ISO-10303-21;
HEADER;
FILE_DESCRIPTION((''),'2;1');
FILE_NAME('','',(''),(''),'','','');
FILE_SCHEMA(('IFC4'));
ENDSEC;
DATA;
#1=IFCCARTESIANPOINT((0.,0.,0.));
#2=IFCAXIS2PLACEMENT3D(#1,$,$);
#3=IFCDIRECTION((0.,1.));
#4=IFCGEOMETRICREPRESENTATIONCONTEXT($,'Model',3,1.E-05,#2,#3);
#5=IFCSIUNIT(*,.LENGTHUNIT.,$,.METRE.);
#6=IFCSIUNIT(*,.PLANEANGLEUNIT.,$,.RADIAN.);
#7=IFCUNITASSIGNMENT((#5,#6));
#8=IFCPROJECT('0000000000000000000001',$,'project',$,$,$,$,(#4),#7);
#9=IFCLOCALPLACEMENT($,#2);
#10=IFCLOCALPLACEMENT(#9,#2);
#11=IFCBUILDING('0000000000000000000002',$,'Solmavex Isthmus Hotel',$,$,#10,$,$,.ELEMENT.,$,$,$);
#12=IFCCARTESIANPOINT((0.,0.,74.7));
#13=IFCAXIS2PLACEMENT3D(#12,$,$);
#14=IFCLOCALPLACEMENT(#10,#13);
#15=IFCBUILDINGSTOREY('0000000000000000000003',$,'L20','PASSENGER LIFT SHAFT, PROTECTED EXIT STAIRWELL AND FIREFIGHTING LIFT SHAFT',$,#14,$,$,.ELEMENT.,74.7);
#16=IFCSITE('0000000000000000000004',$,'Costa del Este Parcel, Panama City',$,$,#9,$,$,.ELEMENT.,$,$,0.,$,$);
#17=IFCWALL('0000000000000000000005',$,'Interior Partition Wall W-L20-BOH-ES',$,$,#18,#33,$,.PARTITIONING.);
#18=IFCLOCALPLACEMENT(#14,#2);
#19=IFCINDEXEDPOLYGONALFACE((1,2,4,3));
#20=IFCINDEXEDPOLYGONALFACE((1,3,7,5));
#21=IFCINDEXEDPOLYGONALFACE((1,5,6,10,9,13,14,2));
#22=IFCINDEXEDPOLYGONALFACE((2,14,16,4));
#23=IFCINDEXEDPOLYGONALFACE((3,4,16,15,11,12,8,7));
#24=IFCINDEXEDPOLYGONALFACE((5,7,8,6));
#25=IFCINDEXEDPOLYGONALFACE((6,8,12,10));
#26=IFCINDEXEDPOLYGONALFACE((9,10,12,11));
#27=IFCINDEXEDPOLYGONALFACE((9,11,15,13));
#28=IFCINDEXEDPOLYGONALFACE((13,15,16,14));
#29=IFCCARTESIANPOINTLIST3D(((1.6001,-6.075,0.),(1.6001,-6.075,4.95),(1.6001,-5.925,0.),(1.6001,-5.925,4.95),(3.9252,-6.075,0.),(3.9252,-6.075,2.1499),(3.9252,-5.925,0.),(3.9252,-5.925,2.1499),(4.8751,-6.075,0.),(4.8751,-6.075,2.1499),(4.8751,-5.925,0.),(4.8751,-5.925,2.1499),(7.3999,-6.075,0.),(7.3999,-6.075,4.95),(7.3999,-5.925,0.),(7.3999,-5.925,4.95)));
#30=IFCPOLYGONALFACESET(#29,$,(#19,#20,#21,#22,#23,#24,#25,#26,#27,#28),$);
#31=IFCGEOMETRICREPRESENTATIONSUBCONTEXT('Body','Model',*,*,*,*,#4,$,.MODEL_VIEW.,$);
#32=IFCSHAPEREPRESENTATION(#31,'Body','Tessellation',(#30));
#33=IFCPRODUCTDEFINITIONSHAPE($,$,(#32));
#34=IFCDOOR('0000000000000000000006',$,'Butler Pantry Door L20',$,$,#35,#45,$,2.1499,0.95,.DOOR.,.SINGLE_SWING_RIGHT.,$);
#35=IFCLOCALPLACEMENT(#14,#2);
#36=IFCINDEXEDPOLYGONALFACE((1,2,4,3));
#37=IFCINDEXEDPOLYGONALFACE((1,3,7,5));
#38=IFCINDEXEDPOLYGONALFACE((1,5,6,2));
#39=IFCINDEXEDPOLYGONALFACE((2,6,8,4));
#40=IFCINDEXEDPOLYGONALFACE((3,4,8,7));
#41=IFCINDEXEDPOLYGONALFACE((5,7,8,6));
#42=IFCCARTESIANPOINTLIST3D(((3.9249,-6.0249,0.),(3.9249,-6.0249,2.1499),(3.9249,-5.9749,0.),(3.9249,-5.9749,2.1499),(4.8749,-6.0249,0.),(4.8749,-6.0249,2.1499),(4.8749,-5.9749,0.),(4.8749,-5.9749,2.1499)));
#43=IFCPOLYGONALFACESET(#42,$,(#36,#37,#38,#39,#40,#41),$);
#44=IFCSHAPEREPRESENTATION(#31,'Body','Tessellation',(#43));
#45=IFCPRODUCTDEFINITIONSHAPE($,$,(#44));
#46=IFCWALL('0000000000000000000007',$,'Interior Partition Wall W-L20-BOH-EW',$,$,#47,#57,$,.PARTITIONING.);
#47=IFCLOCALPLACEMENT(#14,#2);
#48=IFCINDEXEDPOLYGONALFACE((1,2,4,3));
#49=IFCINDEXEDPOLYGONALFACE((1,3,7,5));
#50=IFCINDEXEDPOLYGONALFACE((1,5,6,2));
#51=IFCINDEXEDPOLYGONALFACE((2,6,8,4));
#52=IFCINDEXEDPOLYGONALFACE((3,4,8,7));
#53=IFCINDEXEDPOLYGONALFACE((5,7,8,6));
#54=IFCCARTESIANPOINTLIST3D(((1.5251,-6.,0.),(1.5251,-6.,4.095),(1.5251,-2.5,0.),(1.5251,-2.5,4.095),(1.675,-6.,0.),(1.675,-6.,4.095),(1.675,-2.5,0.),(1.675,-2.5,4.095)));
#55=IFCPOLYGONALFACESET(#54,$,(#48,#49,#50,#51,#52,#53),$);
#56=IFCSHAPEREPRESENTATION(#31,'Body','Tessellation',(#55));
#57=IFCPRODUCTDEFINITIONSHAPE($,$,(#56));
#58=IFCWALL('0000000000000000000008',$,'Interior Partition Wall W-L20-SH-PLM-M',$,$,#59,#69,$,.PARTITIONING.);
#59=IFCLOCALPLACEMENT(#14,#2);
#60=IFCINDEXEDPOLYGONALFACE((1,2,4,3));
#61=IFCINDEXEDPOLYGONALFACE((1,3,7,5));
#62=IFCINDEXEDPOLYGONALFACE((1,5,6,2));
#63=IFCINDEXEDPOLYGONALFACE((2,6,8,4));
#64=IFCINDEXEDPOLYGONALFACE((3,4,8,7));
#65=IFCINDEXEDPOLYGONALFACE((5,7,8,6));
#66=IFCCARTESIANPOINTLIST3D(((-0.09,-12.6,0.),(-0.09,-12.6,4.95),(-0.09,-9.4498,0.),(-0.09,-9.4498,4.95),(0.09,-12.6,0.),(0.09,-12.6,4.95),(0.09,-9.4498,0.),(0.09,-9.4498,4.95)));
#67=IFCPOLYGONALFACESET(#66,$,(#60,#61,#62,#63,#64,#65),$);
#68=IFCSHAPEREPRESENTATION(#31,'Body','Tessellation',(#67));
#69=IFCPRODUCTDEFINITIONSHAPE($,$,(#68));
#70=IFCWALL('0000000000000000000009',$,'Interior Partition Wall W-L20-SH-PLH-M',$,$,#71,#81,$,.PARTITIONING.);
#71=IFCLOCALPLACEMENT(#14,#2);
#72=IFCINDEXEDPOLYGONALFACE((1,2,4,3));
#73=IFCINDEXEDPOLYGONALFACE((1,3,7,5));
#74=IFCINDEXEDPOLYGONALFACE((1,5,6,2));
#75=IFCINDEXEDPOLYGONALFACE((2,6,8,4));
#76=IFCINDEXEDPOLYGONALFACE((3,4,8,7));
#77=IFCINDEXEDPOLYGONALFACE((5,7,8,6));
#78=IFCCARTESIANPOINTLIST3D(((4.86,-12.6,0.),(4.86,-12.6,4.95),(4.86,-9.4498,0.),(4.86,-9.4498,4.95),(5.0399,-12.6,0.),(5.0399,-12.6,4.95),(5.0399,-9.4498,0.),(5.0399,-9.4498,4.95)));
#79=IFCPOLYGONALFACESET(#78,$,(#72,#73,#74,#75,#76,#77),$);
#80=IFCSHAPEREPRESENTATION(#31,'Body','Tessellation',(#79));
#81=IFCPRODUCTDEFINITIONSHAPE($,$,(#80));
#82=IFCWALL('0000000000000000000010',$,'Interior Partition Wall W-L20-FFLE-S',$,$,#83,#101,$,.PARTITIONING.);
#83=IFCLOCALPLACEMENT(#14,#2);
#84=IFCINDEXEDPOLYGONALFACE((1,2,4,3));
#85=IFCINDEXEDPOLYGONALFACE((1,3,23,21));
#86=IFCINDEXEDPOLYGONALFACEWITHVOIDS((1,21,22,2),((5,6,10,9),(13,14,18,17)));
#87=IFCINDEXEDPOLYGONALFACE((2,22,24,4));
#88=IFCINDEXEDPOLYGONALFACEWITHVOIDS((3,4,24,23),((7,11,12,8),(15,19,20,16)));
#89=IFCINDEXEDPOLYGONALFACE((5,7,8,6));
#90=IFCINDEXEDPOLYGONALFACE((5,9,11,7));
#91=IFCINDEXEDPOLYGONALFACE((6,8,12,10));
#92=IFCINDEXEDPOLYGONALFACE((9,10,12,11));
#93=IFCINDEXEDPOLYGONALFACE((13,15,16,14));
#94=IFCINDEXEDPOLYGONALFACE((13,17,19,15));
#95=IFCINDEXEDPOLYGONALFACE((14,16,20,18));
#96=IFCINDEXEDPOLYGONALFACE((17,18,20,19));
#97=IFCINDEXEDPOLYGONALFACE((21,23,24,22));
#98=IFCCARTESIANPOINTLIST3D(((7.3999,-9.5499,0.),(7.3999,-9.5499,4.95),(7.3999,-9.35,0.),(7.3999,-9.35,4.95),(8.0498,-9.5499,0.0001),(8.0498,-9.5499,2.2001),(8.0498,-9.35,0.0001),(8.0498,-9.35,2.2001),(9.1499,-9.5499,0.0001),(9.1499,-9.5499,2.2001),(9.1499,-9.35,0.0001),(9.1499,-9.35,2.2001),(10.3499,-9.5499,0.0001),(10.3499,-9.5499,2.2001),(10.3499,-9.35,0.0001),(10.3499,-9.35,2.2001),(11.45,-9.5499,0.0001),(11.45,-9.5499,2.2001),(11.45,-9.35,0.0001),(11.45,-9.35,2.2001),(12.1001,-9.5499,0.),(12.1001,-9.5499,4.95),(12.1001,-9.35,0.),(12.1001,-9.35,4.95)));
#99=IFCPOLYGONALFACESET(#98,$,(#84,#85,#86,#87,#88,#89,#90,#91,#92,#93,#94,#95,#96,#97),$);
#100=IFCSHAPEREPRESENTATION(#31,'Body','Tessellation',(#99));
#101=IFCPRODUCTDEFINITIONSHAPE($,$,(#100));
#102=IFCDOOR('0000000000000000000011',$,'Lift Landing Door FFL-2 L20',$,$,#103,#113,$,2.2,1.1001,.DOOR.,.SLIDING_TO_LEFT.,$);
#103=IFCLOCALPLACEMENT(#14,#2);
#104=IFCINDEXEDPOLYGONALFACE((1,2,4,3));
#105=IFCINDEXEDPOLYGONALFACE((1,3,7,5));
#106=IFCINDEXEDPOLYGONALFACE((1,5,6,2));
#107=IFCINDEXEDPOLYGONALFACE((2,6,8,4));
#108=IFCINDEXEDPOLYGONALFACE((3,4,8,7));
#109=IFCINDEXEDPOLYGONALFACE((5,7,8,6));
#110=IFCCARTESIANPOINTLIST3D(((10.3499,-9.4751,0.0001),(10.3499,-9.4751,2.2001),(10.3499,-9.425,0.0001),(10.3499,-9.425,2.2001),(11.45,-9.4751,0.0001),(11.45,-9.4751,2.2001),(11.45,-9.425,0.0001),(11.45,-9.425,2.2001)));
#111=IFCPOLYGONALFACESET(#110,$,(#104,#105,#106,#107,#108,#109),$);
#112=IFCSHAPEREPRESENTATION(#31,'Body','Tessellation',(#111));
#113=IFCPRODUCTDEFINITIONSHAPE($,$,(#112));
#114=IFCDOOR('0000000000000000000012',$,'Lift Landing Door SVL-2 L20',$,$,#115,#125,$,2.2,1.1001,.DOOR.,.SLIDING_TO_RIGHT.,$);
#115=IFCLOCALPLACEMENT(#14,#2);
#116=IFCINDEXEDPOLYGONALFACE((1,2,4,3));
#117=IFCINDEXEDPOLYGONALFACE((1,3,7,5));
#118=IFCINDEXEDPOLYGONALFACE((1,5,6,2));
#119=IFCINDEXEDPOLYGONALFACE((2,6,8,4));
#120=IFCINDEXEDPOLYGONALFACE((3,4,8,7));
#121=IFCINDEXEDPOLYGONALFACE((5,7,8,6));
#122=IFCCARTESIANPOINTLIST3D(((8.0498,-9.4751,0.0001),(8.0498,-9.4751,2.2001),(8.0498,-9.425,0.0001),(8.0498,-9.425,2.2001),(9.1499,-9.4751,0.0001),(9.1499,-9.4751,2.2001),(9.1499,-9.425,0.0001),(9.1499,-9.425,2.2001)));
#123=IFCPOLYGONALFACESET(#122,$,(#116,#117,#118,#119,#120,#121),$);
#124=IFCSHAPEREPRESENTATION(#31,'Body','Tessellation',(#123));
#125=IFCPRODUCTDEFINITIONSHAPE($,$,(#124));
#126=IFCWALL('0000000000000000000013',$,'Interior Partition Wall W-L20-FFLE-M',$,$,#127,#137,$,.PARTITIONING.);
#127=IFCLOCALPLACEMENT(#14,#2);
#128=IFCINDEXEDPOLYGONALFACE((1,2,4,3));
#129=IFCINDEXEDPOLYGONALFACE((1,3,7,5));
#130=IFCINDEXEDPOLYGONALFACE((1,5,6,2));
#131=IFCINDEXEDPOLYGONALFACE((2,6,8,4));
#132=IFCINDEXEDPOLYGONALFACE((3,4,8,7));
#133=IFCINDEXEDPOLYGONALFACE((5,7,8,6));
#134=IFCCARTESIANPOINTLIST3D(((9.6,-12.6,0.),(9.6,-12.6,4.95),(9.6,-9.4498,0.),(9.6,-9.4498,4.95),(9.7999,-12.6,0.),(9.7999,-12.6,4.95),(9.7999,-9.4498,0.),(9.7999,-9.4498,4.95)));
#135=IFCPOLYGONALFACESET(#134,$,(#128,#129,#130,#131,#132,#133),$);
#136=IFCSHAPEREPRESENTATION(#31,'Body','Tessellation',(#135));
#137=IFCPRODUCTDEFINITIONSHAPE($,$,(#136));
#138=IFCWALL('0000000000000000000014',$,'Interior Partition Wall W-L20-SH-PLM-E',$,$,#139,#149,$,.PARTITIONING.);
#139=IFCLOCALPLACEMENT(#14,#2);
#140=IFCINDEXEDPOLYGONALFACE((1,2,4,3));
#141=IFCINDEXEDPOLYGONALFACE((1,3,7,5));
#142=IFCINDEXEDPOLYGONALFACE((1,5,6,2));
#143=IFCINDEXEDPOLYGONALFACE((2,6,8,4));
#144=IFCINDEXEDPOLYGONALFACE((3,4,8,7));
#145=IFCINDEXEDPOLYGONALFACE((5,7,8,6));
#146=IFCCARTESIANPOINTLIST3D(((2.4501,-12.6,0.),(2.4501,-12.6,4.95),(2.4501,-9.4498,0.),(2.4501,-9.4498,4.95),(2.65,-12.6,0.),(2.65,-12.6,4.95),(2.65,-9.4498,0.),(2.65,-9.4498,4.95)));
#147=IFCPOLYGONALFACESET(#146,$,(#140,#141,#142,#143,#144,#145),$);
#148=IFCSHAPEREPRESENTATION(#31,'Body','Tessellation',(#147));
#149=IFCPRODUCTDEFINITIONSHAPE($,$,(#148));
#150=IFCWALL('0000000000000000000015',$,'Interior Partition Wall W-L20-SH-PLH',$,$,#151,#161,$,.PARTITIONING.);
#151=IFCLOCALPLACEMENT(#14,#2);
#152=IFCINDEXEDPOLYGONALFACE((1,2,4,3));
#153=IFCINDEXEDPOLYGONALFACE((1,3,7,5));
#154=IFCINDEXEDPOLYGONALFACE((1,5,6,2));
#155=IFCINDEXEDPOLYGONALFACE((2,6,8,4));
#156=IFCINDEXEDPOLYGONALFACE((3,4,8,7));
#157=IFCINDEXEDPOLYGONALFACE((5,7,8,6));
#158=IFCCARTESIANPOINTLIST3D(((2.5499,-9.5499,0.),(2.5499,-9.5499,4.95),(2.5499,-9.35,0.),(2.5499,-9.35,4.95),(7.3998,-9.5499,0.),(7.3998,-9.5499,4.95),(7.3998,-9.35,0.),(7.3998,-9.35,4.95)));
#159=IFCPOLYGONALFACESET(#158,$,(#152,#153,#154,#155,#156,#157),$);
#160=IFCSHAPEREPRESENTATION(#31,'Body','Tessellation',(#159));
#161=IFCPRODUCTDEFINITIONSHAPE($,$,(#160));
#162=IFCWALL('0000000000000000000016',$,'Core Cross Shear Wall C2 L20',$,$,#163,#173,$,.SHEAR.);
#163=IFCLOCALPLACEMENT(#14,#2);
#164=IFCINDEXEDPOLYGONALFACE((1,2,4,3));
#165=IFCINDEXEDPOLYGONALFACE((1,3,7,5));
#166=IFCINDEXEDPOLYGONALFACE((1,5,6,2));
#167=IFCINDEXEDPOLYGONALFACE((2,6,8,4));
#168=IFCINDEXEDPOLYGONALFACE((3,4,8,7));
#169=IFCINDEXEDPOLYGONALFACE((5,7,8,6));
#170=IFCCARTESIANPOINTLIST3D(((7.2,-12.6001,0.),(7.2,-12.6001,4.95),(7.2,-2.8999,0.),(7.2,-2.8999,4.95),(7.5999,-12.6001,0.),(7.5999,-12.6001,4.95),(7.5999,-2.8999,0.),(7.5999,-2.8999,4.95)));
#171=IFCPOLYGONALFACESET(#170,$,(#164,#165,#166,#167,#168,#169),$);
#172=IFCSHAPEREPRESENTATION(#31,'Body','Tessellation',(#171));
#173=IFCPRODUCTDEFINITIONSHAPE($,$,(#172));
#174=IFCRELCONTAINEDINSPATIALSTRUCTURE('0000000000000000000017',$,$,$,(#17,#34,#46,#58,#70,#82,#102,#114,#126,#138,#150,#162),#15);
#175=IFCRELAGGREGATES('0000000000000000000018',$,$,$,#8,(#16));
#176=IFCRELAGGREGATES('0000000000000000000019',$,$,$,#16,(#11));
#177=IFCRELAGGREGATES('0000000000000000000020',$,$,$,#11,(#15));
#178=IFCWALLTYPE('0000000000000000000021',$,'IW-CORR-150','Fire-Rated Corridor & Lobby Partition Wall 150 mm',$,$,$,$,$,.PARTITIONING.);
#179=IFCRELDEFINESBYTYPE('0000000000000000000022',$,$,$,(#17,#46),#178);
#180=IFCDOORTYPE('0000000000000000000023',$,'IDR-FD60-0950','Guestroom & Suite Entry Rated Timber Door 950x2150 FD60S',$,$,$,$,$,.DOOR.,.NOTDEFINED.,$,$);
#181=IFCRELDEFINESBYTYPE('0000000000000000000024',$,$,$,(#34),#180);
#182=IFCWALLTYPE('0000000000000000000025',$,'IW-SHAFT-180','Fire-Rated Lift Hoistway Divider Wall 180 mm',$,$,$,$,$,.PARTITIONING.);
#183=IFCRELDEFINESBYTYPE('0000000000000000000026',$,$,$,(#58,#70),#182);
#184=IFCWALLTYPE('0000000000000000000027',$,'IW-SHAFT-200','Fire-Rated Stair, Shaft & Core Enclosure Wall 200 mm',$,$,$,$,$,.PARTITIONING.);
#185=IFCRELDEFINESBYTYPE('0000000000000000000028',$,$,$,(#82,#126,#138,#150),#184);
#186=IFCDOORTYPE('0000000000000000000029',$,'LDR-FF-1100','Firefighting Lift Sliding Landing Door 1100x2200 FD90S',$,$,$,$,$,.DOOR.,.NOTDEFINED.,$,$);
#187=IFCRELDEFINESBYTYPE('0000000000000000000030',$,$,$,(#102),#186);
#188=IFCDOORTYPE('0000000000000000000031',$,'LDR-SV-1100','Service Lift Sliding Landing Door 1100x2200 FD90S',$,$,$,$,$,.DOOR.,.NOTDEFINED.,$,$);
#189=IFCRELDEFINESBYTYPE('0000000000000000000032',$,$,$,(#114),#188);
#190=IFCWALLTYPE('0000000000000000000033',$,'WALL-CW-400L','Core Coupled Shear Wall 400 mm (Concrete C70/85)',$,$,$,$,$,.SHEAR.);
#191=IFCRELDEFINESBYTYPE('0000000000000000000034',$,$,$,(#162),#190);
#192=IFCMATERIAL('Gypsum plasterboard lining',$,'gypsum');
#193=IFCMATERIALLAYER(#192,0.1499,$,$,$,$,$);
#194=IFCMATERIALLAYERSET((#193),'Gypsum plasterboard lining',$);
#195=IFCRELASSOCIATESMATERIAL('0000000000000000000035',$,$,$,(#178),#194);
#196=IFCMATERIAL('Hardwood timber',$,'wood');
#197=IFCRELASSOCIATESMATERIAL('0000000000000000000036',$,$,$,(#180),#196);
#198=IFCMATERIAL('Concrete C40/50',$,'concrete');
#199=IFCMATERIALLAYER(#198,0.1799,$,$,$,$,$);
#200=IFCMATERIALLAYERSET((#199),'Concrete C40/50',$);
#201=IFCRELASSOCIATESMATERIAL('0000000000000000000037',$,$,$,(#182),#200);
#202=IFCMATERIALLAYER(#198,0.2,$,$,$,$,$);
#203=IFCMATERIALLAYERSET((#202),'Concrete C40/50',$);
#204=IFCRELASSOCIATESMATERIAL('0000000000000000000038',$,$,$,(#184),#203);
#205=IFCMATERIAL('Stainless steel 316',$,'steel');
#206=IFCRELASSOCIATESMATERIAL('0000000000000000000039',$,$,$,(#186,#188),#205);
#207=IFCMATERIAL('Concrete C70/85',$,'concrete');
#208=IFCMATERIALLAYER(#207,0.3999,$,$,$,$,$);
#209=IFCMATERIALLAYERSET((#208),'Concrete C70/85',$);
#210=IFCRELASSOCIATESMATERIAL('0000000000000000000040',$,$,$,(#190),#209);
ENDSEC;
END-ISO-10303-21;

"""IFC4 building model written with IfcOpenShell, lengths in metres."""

from ifc_helpers import new_model, si_unit, direction, frame, frame_2d, origin, place, context, subcontext, project, spatial, rectangle, extrude, material, layer, layer_set, type_object, element, fill, save


model = new_model("IFC4")

# Units and contexts
model_context = context("Model", 3, precision=1e-05, world=origin(), true_north=direction((0.0, 1.0)))
body_context = subcontext(model_context, "Body", "Model", "MODEL_VIEW")
ifc_project = project(units=[si_unit("LENGTHUNIT", "METRE"), si_unit("PLANEANGLEUNIT", "RADIAN")], contexts=[model_context])

# Site, building, storey
site_placement = place(None, origin())
site = spatial("IfcSite", under=ifc_project, at=site_placement, Name="Costa del Este Parcel, Panama City", CompositionType="ELEMENT", RefElevation=0.0)
building_placement = place(site_placement, origin())
building = spatial("IfcBuilding", under=site, at=building_placement, Name="Solmavex Isthmus Hotel", CompositionType="ELEMENT")
storey_placement = place(building_placement, frame((0.0, 0.0, 74.7)))
storey = spatial("IfcBuildingStorey", under=building, at=storey_placement, Name="L20", Description="PASSENGER LIFT SHAFT, PROTECTED EXIT STAIRWELL AND FIREFIGHTING LIFT SHAFT", CompositionType="ELEMENT", Elevation=74.7)

# Shared definitions
ifc_material_1 = material(Name="Concrete C70/85", Category="concrete")

# Wall, opening, door
ifc_material_2 = material(Name="Gypsum plasterboard lining", Category="gypsum")
ifc_layer_1 = layer(ifc_material_2, 0.1499)
ifc_layer_set_1 = layer_set([ifc_layer_1], Name="Gypsum plasterboard lining")
wall_type_1 = type_object("IfcWallType", Name="IW-CORR-150", Description="Fire-Rated Corridor & Lobby Partition Wall 150 mm", PredefinedType="PARTITIONING", material=ifc_layer_set_1)
wall_1_placement = place(storey_placement, frame((1.6001, -6.0, 0.0), z_axis=(0.0, 0.0, 1.0), x_axis=(1.0, 0.0, 0.0)))
wall_1 = element("IfcWall", 1, at=wall_1_placement, inside=storey, type_object=wall_type_1, Name="Interior Partition Wall W-L20-BOH-ES", PredefinedType="PARTITIONING", context=body_context, shape_type="SweptSolid", body=[
    extrude(rectangle(XDim=5.7998, YDim=0.1499, at=frame_2d((2.8999, 0.0))), origin(), (0.0, 0.0, 1.0), 4.95),
])
opening_1_placement = place(wall_1_placement, frame((2.325, 0.0, 0.0)))
opening_1 = element("IfcOpeningElement", 2, at=opening_1_placement, cuts=wall_1, PredefinedType="OPENING", context=body_context, shape_type="SweptSolid", body=[
    extrude(rectangle(XDim=0.95, YDim=2.1499, at=frame_2d((0.4751, 1.075))), frame((0.0, 0.085, 0.0), z_axis=(0.0, -1.0, 0.0), x_axis=(1.0, 0.0, 0.0)), (0.0, 0.0, 1.0), 0.1699),
])
ifc_material_3 = material(Name="Hardwood timber", Category="wood")
door_type_1 = type_object("IfcDoorType", Name="IDR-FD60-0950", Description="Guestroom & Suite Entry Rated Timber Door 950x2150 FD60S", OperationType="NOTDEFINED", PredefinedType="DOOR", material=ifc_material_3)
door_1_placement = place(opening_1_placement, frame((0.95, 0.0, 0.0), z_axis=(0.0, 0.0, 1.0), x_axis=(-1.0, 0.0, 0.0)))
door_1 = element("IfcDoor", 3, at=door_1_placement, inside=storey, type_object=door_type_1, Name="Butler Pantry Door L20", OperationType="SINGLE_SWING_RIGHT", OverallHeight=2.1499, OverallWidth=0.95, PredefinedType="DOOR", context=body_context, shape_type="SweptSolid", body=[
    extrude(rectangle(XDim=0.95, YDim=2.1499, at=frame_2d((0.4751, 1.075))), frame((0.0, 0.0249, 0.0), z_axis=(0.0, -1.0, 0.0), x_axis=(1.0, 0.0, 0.0)), (0.0, 0.0, 1.0), 0.05),
])
fill(opening_1, door_1)

# Walls
wall_2_placement = place(storey_placement, frame((1.6001, -6.0, 0.0), z_axis=(0.0, 0.0, 1.0), x_axis=(0.0, 1.0, 0.0)))
element("IfcWall", 4, at=wall_2_placement, inside=storey, type_object=wall_type_1, Name="Interior Partition Wall W-L20-BOH-EW", PredefinedType="PARTITIONING", context=body_context, shape_type="SweptSolid", body=[
    extrude(rectangle(XDim=3.5, YDim=0.1499, at=frame_2d((1.75, 0.0))), origin(), (0.0, 0.0, 1.0), 4.095),
])
ifc_material_4 = material(Name="Concrete C40/50", Category="concrete")
ifc_layer_2 = layer(ifc_material_4, 0.1799)
ifc_layer_set_2 = layer_set([ifc_layer_2], Name="Concrete C40/50")
wall_type_2 = type_object("IfcWallType", Name="IW-SHAFT-180", Description="Fire-Rated Lift Hoistway Divider Wall 180 mm", PredefinedType="PARTITIONING", material=ifc_layer_set_2)
for number, where, z_axis, x_axis, name in (
    (5, (0.0, -12.6001, 0.0), (0.0, 0.0, 1.0), (0.0, 1.0, 0.0), "Interior Partition Wall W-L20-SH-PLM-M"),
    (6, (4.95, -12.6001, 0.0), (0.0, 0.0, 1.0), (0.0, 1.0, 0.0), "Interior Partition Wall W-L20-SH-PLH-M"),
):
    element("IfcWall", number, at=place(storey_placement, frame(where, z_axis=z_axis, x_axis=x_axis)), inside=storey, type_object=wall_type_2, Name=name, PredefinedType="PARTITIONING", context=body_context, shape_type="SweptSolid", body=[
        extrude(rectangle(XDim=3.1501, YDim=0.1799, at=frame_2d((1.5752, 0.0))), origin(), (0.0, 0.0, 1.0), 4.95),
    ])

# Wall, openings, doors
ifc_layer_3 = layer(ifc_material_4, 0.2)
ifc_layer_set_3 = layer_set([ifc_layer_3], Name="Concrete C40/50")
wall_type_3 = type_object("IfcWallType", Name="IW-SHAFT-200", Description="Fire-Rated Stair, Shaft & Core Enclosure Wall 200 mm", PredefinedType="PARTITIONING", material=ifc_layer_set_3)
wall_3_placement = place(storey_placement, frame((7.3999, -9.45, 0.0), z_axis=(0.0, 0.0, 1.0), x_axis=(1.0, 0.0, 0.0)))
wall_3 = element("IfcWall", 7, at=wall_3_placement, inside=storey, type_object=wall_type_3, Name="Interior Partition Wall W-L20-FFLE-S", PredefinedType="PARTITIONING", context=body_context, shape_type="SweptSolid", body=[
    extrude(rectangle(XDim=4.7002, YDim=0.2, at=frame_2d((2.3501, 0.0))), origin(), (0.0, 0.0, 1.0), 4.95),
])
opening_2_placement = place(wall_3_placement, frame((2.95, 0.0, 0.0)))
opening_2 = element("IfcOpeningElement", 8, at=opening_2_placement, cuts=wall_3, PredefinedType="OPENING", context=body_context, shape_type="SweptSolid", body=[
    extrude(rectangle(XDim=1.1001, YDim=2.2, at=frame_2d((0.55, 1.1001))), frame((0.0, 0.1099, 0.0), z_axis=(0.0, -1.0, 0.0), x_axis=(1.0, 0.0, 0.0)), (0.0, 0.0, 1.0), 0.22),
])
opening_3_placement = place(wall_3_placement, frame((0.6499, 0.0, 0.0)))
opening_3 = element("IfcOpeningElement", 9, at=opening_3_placement, cuts=wall_3, PredefinedType="OPENING", context=body_context, shape_type="SweptSolid", body=[
    extrude(rectangle(XDim=1.1001, YDim=2.2, at=frame_2d((0.55, 1.1001))), frame((0.0, 0.1099, 0.0), z_axis=(0.0, -1.0, 0.0), x_axis=(1.0, 0.0, 0.0)), (0.0, 0.0, 1.0), 0.22),
])
ifc_material_5 = material(Name="Stainless steel 316", Category="steel")
door_type_2 = type_object("IfcDoorType", Name="LDR-FF-1100", Description="Firefighting Lift Sliding Landing Door 1100x2200 FD90S", OperationType="NOTDEFINED", PredefinedType="DOOR", material=ifc_material_5)
door_2_placement = place(opening_2_placement, origin())
door_2 = element("IfcDoor", 10, at=door_2_placement, inside=storey, type_object=door_type_2, Name="Lift Landing Door FFL-2 L20", OperationType="SLIDING_TO_LEFT", OverallHeight=2.2, OverallWidth=1.1001, PredefinedType="DOOR", context=body_context, shape_type="SweptSolid", body=[
    extrude(rectangle(XDim=1.1001, YDim=2.2, at=frame_2d((0.55, 1.1001))), frame((0.0, 0.0249, 0.0), z_axis=(0.0, -1.0, 0.0), x_axis=(1.0, 0.0, 0.0)), (0.0, 0.0, 1.0), 0.05),
])
fill(opening_2, door_2)
door_type_3 = type_object("IfcDoorType", Name="LDR-SV-1100", Description="Service Lift Sliding Landing Door 1100x2200 FD90S", OperationType="NOTDEFINED", PredefinedType="DOOR", material=ifc_material_5)
door_3_placement = place(opening_3_placement, origin())
door_3 = element("IfcDoor", 11, at=door_3_placement, inside=storey, type_object=door_type_3, Name="Lift Landing Door SVL-2 L20", OperationType="SLIDING_TO_RIGHT", OverallHeight=2.2, OverallWidth=1.1001, PredefinedType="DOOR", context=body_context, shape_type="SweptSolid", body=[
    extrude(rectangle(XDim=1.1001, YDim=2.2, at=frame_2d((0.55, 1.1001))), frame((0.0, 0.0249, 0.0), z_axis=(0.0, -1.0, 0.0), x_axis=(1.0, 0.0, 0.0)), (0.0, 0.0, 1.0), 0.05),
])
fill(opening_3, door_3)

# Walls
for number, where, z_axis, x_axis, name in (
    (12, (9.7, -12.6001, 0.0), (0.0, 0.0, 1.0), (0.0, 1.0, 0.0), "Interior Partition Wall W-L20-FFLE-M"),
    (13, (2.55, -12.6001, 0.0), (0.0, 0.0, 1.0), (0.0, 1.0, 0.0), "Interior Partition Wall W-L20-SH-PLM-E"),
):
    element("IfcWall", number, at=place(storey_placement, frame(where, z_axis=z_axis, x_axis=x_axis)), inside=storey, type_object=wall_type_3, Name=name, PredefinedType="PARTITIONING", context=body_context, shape_type="SweptSolid", body=[
        extrude(rectangle(XDim=3.1501, YDim=0.2, at=frame_2d((1.5752, 0.0))), origin(), (0.0, 0.0, 1.0), 4.95),
    ])
wall_4_placement = place(storey_placement, frame((2.55, -9.45, 0.0), z_axis=(0.0, 0.0, 1.0), x_axis=(1.0, 0.0, 0.0)))
element("IfcWall", 14, at=wall_4_placement, inside=storey, type_object=wall_type_3, Name="Interior Partition Wall W-L20-SH-PLH", PredefinedType="PARTITIONING", context=body_context, shape_type="SweptSolid", body=[
    extrude(rectangle(XDim=4.8499, YDim=0.2, at=frame_2d((2.4248, 0.0))), origin(), (0.0, 0.0, 1.0), 4.95),
])
ifc_layer_4 = layer(ifc_material_1, 0.3999)
ifc_layer_set_4 = layer_set([ifc_layer_4], Name="Concrete C70/85")
wall_type_4 = type_object("IfcWallType", Name="WALL-CW-400L", Description="Core Coupled Shear Wall 400 mm (Concrete C70/85)", PredefinedType="SHEAR", material=ifc_layer_set_4)
wall_5_placement = place(storey_placement, frame((7.3999, -12.6001, 0.0), z_axis=(0.0, 0.0, 1.0), x_axis=(0.0, 1.0, 0.0)))
element("IfcWall", 15, at=wall_5_placement, inside=storey, type_object=wall_type_4, Name="Core Cross Shear Wall C2 L20", PredefinedType="SHEAR", context=body_context, shape_type="SweptSolid", body=[
    extrude(rectangle(XDim=9.7002, YDim=0.3999, at=frame_2d((4.8501, 0.0))), origin(), (0.0, 0.0, 1.0), 4.95),
])

save(model, "model.ifc")
